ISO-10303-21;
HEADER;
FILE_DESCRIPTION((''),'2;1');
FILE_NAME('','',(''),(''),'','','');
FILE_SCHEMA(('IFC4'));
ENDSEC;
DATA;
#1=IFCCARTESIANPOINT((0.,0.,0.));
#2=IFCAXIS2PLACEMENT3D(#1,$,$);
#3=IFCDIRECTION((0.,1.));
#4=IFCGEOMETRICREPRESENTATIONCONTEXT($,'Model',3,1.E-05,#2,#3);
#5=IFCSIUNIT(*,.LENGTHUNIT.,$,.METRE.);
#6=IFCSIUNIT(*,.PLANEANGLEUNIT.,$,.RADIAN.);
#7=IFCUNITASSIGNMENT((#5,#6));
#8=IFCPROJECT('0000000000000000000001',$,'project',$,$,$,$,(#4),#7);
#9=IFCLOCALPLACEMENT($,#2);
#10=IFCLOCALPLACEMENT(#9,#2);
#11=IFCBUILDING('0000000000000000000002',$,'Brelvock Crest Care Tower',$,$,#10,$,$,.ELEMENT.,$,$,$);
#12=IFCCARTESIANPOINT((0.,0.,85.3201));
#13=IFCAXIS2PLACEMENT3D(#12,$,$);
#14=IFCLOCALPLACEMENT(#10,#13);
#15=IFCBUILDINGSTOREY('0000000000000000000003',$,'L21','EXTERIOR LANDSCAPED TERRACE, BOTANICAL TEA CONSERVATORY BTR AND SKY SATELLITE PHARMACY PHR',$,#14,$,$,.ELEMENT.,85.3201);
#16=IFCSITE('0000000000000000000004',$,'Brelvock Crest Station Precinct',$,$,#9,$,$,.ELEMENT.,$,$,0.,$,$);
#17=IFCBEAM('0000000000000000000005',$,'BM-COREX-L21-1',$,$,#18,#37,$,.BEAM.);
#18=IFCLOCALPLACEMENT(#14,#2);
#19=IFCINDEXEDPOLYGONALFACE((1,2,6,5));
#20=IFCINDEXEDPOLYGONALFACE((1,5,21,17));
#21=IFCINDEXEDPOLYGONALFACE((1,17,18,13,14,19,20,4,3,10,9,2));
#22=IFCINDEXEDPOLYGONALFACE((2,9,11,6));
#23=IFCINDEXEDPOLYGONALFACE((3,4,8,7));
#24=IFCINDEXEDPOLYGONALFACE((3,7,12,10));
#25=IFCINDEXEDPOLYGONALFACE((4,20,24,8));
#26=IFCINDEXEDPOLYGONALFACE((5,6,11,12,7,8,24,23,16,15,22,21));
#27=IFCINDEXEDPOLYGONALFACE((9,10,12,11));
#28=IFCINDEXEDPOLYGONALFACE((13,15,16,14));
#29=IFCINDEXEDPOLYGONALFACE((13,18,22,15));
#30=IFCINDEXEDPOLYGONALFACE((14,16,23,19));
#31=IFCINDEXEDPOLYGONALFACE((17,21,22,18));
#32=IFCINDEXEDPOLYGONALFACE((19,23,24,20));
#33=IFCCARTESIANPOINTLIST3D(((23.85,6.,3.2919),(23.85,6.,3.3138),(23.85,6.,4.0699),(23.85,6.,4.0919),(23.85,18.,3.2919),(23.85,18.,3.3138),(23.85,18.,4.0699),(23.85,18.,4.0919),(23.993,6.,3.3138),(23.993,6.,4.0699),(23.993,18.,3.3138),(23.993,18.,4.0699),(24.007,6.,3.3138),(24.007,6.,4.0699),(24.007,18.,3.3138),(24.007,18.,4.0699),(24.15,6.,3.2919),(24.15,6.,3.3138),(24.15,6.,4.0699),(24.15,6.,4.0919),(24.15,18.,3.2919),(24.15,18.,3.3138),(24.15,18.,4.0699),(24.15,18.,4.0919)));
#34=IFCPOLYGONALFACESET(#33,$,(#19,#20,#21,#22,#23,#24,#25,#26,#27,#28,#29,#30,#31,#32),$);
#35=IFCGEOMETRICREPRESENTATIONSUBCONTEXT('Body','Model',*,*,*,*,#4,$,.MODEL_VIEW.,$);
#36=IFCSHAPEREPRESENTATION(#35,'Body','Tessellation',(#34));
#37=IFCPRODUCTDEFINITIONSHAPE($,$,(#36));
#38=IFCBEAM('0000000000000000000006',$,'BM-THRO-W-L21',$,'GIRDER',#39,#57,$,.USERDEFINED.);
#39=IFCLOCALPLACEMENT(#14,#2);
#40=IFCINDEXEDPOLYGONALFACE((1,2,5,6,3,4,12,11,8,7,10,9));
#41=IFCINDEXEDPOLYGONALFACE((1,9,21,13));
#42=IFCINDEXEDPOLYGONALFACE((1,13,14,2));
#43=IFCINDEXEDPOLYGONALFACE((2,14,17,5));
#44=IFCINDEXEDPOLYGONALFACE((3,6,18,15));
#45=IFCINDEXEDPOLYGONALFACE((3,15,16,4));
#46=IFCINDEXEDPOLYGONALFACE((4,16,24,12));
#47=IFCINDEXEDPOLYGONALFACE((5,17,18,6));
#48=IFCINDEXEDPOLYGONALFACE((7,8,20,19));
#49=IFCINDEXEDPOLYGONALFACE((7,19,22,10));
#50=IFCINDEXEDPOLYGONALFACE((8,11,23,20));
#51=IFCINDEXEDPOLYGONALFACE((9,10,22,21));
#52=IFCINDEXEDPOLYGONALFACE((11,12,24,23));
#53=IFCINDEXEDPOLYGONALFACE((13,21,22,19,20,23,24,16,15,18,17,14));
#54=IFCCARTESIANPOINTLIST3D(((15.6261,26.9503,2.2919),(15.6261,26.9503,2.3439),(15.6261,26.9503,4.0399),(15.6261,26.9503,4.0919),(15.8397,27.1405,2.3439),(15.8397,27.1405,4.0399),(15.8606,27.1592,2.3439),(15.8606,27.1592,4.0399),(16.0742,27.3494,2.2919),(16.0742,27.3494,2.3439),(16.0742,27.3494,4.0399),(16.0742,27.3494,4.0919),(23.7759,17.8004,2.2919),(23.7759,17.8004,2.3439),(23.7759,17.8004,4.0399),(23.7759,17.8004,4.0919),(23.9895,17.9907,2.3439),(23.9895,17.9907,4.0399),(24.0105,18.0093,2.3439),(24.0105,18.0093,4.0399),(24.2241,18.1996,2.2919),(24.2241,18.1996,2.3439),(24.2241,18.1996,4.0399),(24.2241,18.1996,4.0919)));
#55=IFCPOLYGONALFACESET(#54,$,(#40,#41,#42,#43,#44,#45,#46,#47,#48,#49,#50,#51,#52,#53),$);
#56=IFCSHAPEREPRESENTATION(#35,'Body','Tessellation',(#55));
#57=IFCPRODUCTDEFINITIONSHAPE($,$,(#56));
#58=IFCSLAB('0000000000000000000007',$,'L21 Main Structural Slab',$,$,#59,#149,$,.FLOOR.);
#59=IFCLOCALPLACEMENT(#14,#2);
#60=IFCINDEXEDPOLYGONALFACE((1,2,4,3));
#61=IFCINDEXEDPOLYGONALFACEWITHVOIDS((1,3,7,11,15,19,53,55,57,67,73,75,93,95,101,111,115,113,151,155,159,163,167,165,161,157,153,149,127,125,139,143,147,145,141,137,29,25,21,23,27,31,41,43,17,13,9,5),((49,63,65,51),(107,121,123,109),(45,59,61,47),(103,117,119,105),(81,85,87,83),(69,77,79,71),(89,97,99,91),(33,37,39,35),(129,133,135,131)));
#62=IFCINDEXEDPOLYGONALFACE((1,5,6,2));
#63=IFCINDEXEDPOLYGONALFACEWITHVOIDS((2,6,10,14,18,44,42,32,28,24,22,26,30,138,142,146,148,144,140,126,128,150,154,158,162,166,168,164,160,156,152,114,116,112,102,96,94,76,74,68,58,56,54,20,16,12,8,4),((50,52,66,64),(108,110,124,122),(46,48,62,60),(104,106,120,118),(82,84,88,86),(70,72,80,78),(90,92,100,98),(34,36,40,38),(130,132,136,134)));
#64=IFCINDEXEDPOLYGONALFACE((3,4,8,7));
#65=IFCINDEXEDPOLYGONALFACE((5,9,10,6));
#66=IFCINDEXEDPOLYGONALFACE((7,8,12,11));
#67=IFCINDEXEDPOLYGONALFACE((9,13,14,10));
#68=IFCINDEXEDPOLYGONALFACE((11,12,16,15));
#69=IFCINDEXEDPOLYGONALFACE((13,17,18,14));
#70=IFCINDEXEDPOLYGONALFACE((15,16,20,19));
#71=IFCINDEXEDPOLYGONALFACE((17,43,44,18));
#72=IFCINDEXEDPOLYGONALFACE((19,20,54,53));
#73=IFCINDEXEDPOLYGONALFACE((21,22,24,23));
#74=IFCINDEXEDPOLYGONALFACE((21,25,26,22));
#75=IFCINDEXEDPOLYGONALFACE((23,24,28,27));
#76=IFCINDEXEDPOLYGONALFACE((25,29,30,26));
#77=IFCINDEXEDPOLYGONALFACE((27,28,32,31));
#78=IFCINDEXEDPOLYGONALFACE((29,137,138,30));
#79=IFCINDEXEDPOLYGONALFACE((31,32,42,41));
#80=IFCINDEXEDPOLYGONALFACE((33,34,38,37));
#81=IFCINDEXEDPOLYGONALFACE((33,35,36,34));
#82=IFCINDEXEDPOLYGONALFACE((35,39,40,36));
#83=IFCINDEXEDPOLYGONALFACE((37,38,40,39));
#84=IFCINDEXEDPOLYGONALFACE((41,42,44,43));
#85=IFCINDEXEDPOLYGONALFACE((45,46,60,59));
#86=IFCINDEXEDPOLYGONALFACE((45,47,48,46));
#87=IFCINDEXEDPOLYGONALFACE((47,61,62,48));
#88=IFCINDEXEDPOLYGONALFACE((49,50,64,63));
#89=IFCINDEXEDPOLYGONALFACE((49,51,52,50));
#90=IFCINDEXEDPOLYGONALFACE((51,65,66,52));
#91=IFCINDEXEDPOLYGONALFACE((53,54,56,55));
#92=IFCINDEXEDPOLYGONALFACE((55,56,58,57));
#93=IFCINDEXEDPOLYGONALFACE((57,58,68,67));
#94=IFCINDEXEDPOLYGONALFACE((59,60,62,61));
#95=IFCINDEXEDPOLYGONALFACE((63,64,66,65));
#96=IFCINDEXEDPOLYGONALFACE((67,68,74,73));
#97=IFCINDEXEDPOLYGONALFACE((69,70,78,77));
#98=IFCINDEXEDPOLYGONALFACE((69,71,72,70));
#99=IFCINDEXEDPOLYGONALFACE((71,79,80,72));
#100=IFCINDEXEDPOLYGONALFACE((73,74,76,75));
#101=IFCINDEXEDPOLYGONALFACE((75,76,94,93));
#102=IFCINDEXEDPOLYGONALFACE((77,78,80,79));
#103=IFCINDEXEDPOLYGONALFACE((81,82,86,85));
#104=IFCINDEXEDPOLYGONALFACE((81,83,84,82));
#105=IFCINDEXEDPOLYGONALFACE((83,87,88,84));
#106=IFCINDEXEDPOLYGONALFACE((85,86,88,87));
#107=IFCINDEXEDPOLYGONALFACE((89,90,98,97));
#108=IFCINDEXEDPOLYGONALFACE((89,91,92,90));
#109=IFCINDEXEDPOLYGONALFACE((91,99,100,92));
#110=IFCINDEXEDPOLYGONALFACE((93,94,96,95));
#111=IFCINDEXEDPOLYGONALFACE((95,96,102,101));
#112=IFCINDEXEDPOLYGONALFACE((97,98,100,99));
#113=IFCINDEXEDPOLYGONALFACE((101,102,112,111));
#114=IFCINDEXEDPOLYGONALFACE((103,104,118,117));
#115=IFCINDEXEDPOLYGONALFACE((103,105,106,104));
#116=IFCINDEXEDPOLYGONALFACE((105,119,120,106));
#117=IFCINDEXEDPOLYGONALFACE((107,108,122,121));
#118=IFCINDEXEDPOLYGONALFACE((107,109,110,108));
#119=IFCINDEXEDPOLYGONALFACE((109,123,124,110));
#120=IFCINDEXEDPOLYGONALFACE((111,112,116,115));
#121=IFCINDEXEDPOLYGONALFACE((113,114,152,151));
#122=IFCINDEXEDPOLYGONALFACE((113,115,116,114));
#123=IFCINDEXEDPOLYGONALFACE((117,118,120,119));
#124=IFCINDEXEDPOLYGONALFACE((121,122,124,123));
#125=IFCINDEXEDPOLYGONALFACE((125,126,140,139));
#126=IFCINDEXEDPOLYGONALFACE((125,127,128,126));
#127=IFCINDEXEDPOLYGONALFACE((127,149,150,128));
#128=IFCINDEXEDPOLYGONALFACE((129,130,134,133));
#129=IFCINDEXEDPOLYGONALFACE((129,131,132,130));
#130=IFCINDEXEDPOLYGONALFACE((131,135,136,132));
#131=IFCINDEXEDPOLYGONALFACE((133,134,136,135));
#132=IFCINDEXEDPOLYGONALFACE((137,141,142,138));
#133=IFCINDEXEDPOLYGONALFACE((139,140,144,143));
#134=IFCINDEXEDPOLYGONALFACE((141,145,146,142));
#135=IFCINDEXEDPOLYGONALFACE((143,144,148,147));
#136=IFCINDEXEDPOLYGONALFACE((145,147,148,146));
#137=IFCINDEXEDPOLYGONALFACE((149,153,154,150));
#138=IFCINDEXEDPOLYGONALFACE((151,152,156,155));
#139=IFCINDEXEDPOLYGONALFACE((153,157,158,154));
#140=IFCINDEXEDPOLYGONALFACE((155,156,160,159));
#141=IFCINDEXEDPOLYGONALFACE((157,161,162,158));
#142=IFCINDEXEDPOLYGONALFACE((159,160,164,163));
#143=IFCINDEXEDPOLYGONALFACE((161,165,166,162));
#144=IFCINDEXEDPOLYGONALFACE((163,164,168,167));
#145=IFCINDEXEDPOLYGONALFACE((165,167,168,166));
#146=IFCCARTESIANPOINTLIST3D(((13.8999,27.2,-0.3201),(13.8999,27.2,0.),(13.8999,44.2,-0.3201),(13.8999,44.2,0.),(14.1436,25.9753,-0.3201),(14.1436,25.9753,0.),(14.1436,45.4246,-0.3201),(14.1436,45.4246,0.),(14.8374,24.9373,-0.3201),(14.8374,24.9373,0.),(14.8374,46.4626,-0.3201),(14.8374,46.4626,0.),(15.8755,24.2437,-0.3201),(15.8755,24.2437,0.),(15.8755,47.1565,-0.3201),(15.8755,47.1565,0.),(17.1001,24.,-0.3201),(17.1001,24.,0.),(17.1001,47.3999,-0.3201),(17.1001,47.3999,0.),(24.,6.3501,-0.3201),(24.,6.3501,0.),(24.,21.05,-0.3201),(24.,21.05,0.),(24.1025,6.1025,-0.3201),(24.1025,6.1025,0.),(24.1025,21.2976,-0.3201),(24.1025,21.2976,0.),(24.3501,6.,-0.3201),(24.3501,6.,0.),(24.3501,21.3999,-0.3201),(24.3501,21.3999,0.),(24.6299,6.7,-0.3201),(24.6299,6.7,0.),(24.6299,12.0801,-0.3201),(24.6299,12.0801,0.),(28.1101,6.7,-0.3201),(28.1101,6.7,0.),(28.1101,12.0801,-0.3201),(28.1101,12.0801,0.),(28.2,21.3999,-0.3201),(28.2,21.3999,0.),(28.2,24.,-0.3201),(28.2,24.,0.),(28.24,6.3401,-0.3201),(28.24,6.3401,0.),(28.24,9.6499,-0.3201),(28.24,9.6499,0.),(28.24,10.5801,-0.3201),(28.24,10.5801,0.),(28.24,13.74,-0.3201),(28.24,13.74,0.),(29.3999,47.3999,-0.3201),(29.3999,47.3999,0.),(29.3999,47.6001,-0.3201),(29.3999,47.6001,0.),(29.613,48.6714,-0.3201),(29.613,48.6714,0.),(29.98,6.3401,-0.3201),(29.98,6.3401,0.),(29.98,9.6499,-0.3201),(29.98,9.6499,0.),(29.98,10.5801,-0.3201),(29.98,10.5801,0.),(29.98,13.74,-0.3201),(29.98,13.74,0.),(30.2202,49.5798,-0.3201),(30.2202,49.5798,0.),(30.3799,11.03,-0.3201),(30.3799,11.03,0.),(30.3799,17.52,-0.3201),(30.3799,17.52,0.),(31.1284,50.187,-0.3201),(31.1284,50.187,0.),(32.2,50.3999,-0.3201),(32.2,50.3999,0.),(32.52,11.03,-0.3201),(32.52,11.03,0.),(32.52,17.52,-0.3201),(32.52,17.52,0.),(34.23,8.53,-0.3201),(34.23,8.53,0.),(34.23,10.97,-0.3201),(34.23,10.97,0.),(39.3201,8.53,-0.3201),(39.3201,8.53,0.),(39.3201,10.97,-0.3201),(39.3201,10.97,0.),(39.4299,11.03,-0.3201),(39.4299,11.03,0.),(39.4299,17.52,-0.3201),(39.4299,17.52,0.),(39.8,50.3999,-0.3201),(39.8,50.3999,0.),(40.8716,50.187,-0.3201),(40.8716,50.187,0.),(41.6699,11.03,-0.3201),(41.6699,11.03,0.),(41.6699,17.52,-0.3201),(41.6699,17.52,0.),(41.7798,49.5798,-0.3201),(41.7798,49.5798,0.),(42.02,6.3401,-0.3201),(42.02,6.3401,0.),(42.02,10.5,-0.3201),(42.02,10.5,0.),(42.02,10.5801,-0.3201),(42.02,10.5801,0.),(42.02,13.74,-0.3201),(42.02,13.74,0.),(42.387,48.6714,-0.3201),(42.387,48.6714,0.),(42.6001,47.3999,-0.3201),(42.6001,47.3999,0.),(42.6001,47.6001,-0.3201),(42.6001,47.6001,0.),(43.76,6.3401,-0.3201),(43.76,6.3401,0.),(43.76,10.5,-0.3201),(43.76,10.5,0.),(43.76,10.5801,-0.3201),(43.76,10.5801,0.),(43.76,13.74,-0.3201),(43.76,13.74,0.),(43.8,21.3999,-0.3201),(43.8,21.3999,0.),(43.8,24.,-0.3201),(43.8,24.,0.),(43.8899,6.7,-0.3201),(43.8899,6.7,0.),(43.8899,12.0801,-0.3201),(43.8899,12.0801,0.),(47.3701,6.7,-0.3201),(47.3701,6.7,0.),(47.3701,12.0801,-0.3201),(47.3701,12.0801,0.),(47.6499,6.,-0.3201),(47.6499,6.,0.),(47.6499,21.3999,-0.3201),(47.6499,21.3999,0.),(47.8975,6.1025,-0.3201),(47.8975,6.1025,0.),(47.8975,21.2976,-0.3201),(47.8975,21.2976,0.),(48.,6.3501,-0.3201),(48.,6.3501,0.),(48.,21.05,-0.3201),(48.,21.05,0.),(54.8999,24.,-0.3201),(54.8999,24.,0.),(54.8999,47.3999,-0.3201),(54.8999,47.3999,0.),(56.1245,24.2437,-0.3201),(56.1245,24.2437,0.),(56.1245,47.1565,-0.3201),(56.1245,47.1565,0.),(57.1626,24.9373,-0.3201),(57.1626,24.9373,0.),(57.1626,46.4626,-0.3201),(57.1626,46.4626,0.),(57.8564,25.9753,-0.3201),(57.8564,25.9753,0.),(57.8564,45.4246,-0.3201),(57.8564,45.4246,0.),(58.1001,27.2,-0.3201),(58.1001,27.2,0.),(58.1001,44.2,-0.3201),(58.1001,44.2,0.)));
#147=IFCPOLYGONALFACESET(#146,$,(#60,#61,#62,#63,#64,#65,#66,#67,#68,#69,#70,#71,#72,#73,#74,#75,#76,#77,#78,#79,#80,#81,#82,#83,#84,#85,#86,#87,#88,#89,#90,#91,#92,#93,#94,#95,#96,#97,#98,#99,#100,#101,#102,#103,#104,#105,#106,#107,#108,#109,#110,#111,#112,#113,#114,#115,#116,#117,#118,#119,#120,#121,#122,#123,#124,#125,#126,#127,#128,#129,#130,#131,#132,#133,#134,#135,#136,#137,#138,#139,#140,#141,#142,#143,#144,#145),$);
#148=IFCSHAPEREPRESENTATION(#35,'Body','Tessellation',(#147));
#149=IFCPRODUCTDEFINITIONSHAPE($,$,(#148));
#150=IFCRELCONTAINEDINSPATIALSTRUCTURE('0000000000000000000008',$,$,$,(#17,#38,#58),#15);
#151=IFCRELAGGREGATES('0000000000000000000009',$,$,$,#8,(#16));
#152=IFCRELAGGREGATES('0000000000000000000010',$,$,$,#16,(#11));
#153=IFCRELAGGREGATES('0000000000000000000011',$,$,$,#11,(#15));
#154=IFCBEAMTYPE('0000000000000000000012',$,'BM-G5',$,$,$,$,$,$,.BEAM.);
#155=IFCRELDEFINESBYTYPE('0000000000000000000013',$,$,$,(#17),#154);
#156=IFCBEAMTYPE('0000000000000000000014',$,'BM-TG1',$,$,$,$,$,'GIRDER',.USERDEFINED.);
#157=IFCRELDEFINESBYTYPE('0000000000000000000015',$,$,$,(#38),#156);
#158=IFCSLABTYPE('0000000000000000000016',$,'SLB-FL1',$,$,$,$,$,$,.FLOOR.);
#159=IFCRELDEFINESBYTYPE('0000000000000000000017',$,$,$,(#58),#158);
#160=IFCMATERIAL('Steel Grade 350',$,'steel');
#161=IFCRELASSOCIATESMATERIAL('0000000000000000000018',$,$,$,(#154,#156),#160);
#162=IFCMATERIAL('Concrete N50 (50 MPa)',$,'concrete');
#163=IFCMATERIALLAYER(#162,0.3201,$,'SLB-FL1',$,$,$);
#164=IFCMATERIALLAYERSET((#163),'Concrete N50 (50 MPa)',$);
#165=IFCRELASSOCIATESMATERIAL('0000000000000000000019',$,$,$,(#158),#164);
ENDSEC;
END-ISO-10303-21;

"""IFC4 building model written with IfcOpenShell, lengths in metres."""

from ifc_helpers import new_model, si_unit, direction, frame, origin, origin_2d, place, context, subcontext, project, spatial, polyline, i_section, outline, extrude, source, transform, mapped, material, layer, layer_set, material_profile, profile_set, type_object, element, save


model = new_model("IFC4")

# Units and contexts
model_context = context("Model", 3, precision=1e-05, world=origin(), true_north=direction((0.0, 1.0)))
body_context = subcontext(model_context, "Body", "Model", "MODEL_VIEW")
ifc_project = project(units=[si_unit("LENGTHUNIT", "METRE"), si_unit("PLANEANGLEUNIT", "RADIAN")], contexts=[model_context])

# Site, building, storey
site_placement = place(None, origin())
site = spatial("IfcSite", under=ifc_project, at=site_placement, Name="Brelvock Crest Station Precinct", CompositionType="ELEMENT", RefElevation=0.0)
building_placement = place(site_placement, origin())
building = spatial("IfcBuilding", under=site, at=building_placement, Name="Brelvock Crest Care Tower", CompositionType="ELEMENT")
storey_placement = place(building_placement, frame((0.0, 0.0, 85.3201)))
storey = spatial("IfcBuildingStorey", under=building, at=storey_placement, Name="L21", Description="EXTERIOR LANDSCAPED TERRACE, BOTANICAL TEA CONSERVATORY BTR AND SKY SATELLITE PHARMACY PHR", CompositionType="ELEMENT", Elevation=85.3201)

# Shared definitions
ifc_material_1 = material(Name="Steel Grade 350", Category="steel")

# Beams
ifc_material_profile_1 = material_profile(ifc_material_1, i_section(OverallWidth=0.3, OverallDepth=0.8, WebThickness=0.0139, FlangeThickness=0.022, at=origin_2d()), Name="800WB192")
ifc_profile_set_1 = profile_set([ifc_material_profile_1], Name="Steel Grade 350")
beam_type_1 = type_object("IfcBeamType", Name="BM-G5", PredefinedType="BEAM", material=ifc_profile_set_1)
shared_shape_1 = source(origin(), body_context, "Body", "SweptSolid", [
    extrude(i_section(OverallWidth=0.3, OverallDepth=0.8, WebThickness=0.0139, FlangeThickness=0.022, at=origin_2d()), origin(), (0.0, 0.0, 1.0), 12.0),
])
beam_1_placement = place(storey_placement, frame((24.0, 6.0, 3.6919), z_axis=(0.0, 1.0, 0.0), x_axis=(-1.0, 0.0, 0.0)))
element("IfcBeam", 1, at=beam_1_placement, inside=storey, type_object=beam_type_1, Name="BM-COREX-L21-1", PredefinedType="BEAM", context=body_context, shape_type="MappedRepresentation", body=[
    mapped(shared_shape_1, transform((0.0, 0.0, 0.0), x_axis=(1.0, 0.0, 0.0), y_axis=(0.0, 1.0, 0.0), z_axis=(0.0, 0.0, 1.0), scale=1.0)),
])
ifc_material_profile_2 = material_profile(ifc_material_1, i_section(OverallWidth=0.6001, OverallDepth=1.8, WebThickness=0.0281, FlangeThickness=0.052, at=origin_2d()), Name="1800TG740")
ifc_profile_set_2 = profile_set([ifc_material_profile_2], Name="Steel Grade 350")
beam_type_2 = type_object("IfcBeamType", Name="BM-TG1", ElementType="GIRDER", PredefinedType="USERDEFINED", material=ifc_profile_set_2)
shared_shape_2 = source(origin(), body_context, "Body", "SweptSolid", [
    extrude(i_section(OverallWidth=0.6001, OverallDepth=1.8, WebThickness=0.0281, FlangeThickness=0.052, at=origin_2d()), origin(), (0.0, 0.0, 1.0), 12.2532),
])
beam_2_placement = place(storey_placement, frame((24.0, 18.0, 3.1919), z_axis=(-0.665123, 0.746734, 0.0), x_axis=(-0.746734, -0.665123, 0.0)))
element("IfcBeam", 2, at=beam_2_placement, inside=storey, type_object=beam_type_2, Name="BM-THRO-W-L21", ObjectType="GIRDER", PredefinedType="USERDEFINED", context=body_context, shape_type="MappedRepresentation", body=[
    mapped(shared_shape_2, transform((0.0, 0.0, 0.0), x_axis=(1.0, 0.0, 0.0), y_axis=(0.0, 1.0, 0.0), z_axis=(0.0, 0.0, 1.0), scale=1.0)),
])

# Slab
ifc_material_2 = material(Name="Concrete N50 (50 MPa)", Category="concrete")
ifc_layer_1 = layer(ifc_material_2, 0.3201, Name="SLB-FL1")
ifc_layer_set_1 = layer_set([ifc_layer_1], Name="Concrete N50 (50 MPa)")
slab_type_1 = type_object("IfcSlabType", Name="SLB-FL1", PredefinedType="FLOOR", material=ifc_layer_set_1)
slab_1_placement = place(storey_placement, frame((0.0, 0.0, -0.3201)))
element("IfcSlab", 3, at=slab_1_placement, inside=storey, type_object=slab_type_1, Name="L21 Main Structural Slab", PredefinedType="FLOOR", context=body_context, shape_type="SweptSolid", body=[
    extrude(outline(polyline([(47.6499, 21.3999), (43.8, 21.3999), (43.8, 24.0), (54.8999, 24.0), (56.1245, 24.2437), (57.1626, 24.9373), (57.8564, 25.9753), (58.1001, 27.2), (58.1001, 44.2), (57.8564, 45.4246), (57.1626, 46.4626), (56.1245, 47.1565), (54.8999, 47.3999), (42.6001, 47.3999), (42.6001, 47.6001), (42.387, 48.6714), (41.7798, 49.5798), (40.8716, 50.187), (39.8, 50.3999), (32.2, 50.3999), (31.1284, 50.187), (30.2202, 49.5798), (29.613, 48.6714), (29.3999, 47.6001), (29.3999, 47.3999), (17.1001, 47.3999), (15.8755, 47.1565), (14.8374, 46.4626), (14.1436, 45.4246), (13.8999, 44.2), (13.8999, 27.2), (14.1436, 25.9753), (14.8374, 24.9373), (15.8755, 24.2437), (17.1001, 24.0), (28.2, 24.0), (28.2, 21.3999), (24.3501, 21.3999), (24.1025, 21.2976), (24.0, 21.05), (24.0, 6.3501), (24.1025, 6.1025), (24.3501, 6.0), (47.6499, 6.0), (47.8975, 6.1025), (48.0, 6.3501), (48.0, 21.05), (47.8975, 21.2976), (47.6499, 21.3999)]), holes=[polyline([(28.24, 10.5801), (29.98, 10.5801), (29.98, 13.74), (28.24, 13.74), (28.24, 10.5801)]), polyline([(42.02, 10.5801), (43.76, 10.5801), (43.76, 13.74), (42.02, 13.74), (42.02, 10.5801)]), polyline([(28.24, 6.3401), (29.98, 6.3401), (29.98, 9.6499), (28.24, 9.6499), (28.24, 6.3401)]), polyline([(24.6299, 12.0801), (24.6299, 6.7), (28.1101, 6.7), (28.1101, 12.0801), (24.6299, 12.0801)]), polyline([(43.8899, 12.0801), (43.8899, 6.7), (47.3701, 6.7), (47.3701, 12.0801), (43.8899, 12.0801)]), polyline([(42.02, 6.3401), (43.76, 6.3401), (43.76, 10.5), (42.02, 10.5), (42.02, 6.3401)]), polyline([(30.3799, 11.03), (32.52, 11.03), (32.52, 17.52), (30.3799, 17.52), (30.3799, 11.03)]), polyline([(34.23, 8.53), (39.3201, 8.53), (39.3201, 10.97), (34.23, 10.97), (34.23, 8.53)]), polyline([(39.4299, 11.03), (41.6699, 11.03), (41.6699, 17.52), (39.4299, 17.52), (39.4299, 11.03)])]), origin(), (0.0, 0.0, 1.0), 0.3201),
])

save(model, "model.ifc")
